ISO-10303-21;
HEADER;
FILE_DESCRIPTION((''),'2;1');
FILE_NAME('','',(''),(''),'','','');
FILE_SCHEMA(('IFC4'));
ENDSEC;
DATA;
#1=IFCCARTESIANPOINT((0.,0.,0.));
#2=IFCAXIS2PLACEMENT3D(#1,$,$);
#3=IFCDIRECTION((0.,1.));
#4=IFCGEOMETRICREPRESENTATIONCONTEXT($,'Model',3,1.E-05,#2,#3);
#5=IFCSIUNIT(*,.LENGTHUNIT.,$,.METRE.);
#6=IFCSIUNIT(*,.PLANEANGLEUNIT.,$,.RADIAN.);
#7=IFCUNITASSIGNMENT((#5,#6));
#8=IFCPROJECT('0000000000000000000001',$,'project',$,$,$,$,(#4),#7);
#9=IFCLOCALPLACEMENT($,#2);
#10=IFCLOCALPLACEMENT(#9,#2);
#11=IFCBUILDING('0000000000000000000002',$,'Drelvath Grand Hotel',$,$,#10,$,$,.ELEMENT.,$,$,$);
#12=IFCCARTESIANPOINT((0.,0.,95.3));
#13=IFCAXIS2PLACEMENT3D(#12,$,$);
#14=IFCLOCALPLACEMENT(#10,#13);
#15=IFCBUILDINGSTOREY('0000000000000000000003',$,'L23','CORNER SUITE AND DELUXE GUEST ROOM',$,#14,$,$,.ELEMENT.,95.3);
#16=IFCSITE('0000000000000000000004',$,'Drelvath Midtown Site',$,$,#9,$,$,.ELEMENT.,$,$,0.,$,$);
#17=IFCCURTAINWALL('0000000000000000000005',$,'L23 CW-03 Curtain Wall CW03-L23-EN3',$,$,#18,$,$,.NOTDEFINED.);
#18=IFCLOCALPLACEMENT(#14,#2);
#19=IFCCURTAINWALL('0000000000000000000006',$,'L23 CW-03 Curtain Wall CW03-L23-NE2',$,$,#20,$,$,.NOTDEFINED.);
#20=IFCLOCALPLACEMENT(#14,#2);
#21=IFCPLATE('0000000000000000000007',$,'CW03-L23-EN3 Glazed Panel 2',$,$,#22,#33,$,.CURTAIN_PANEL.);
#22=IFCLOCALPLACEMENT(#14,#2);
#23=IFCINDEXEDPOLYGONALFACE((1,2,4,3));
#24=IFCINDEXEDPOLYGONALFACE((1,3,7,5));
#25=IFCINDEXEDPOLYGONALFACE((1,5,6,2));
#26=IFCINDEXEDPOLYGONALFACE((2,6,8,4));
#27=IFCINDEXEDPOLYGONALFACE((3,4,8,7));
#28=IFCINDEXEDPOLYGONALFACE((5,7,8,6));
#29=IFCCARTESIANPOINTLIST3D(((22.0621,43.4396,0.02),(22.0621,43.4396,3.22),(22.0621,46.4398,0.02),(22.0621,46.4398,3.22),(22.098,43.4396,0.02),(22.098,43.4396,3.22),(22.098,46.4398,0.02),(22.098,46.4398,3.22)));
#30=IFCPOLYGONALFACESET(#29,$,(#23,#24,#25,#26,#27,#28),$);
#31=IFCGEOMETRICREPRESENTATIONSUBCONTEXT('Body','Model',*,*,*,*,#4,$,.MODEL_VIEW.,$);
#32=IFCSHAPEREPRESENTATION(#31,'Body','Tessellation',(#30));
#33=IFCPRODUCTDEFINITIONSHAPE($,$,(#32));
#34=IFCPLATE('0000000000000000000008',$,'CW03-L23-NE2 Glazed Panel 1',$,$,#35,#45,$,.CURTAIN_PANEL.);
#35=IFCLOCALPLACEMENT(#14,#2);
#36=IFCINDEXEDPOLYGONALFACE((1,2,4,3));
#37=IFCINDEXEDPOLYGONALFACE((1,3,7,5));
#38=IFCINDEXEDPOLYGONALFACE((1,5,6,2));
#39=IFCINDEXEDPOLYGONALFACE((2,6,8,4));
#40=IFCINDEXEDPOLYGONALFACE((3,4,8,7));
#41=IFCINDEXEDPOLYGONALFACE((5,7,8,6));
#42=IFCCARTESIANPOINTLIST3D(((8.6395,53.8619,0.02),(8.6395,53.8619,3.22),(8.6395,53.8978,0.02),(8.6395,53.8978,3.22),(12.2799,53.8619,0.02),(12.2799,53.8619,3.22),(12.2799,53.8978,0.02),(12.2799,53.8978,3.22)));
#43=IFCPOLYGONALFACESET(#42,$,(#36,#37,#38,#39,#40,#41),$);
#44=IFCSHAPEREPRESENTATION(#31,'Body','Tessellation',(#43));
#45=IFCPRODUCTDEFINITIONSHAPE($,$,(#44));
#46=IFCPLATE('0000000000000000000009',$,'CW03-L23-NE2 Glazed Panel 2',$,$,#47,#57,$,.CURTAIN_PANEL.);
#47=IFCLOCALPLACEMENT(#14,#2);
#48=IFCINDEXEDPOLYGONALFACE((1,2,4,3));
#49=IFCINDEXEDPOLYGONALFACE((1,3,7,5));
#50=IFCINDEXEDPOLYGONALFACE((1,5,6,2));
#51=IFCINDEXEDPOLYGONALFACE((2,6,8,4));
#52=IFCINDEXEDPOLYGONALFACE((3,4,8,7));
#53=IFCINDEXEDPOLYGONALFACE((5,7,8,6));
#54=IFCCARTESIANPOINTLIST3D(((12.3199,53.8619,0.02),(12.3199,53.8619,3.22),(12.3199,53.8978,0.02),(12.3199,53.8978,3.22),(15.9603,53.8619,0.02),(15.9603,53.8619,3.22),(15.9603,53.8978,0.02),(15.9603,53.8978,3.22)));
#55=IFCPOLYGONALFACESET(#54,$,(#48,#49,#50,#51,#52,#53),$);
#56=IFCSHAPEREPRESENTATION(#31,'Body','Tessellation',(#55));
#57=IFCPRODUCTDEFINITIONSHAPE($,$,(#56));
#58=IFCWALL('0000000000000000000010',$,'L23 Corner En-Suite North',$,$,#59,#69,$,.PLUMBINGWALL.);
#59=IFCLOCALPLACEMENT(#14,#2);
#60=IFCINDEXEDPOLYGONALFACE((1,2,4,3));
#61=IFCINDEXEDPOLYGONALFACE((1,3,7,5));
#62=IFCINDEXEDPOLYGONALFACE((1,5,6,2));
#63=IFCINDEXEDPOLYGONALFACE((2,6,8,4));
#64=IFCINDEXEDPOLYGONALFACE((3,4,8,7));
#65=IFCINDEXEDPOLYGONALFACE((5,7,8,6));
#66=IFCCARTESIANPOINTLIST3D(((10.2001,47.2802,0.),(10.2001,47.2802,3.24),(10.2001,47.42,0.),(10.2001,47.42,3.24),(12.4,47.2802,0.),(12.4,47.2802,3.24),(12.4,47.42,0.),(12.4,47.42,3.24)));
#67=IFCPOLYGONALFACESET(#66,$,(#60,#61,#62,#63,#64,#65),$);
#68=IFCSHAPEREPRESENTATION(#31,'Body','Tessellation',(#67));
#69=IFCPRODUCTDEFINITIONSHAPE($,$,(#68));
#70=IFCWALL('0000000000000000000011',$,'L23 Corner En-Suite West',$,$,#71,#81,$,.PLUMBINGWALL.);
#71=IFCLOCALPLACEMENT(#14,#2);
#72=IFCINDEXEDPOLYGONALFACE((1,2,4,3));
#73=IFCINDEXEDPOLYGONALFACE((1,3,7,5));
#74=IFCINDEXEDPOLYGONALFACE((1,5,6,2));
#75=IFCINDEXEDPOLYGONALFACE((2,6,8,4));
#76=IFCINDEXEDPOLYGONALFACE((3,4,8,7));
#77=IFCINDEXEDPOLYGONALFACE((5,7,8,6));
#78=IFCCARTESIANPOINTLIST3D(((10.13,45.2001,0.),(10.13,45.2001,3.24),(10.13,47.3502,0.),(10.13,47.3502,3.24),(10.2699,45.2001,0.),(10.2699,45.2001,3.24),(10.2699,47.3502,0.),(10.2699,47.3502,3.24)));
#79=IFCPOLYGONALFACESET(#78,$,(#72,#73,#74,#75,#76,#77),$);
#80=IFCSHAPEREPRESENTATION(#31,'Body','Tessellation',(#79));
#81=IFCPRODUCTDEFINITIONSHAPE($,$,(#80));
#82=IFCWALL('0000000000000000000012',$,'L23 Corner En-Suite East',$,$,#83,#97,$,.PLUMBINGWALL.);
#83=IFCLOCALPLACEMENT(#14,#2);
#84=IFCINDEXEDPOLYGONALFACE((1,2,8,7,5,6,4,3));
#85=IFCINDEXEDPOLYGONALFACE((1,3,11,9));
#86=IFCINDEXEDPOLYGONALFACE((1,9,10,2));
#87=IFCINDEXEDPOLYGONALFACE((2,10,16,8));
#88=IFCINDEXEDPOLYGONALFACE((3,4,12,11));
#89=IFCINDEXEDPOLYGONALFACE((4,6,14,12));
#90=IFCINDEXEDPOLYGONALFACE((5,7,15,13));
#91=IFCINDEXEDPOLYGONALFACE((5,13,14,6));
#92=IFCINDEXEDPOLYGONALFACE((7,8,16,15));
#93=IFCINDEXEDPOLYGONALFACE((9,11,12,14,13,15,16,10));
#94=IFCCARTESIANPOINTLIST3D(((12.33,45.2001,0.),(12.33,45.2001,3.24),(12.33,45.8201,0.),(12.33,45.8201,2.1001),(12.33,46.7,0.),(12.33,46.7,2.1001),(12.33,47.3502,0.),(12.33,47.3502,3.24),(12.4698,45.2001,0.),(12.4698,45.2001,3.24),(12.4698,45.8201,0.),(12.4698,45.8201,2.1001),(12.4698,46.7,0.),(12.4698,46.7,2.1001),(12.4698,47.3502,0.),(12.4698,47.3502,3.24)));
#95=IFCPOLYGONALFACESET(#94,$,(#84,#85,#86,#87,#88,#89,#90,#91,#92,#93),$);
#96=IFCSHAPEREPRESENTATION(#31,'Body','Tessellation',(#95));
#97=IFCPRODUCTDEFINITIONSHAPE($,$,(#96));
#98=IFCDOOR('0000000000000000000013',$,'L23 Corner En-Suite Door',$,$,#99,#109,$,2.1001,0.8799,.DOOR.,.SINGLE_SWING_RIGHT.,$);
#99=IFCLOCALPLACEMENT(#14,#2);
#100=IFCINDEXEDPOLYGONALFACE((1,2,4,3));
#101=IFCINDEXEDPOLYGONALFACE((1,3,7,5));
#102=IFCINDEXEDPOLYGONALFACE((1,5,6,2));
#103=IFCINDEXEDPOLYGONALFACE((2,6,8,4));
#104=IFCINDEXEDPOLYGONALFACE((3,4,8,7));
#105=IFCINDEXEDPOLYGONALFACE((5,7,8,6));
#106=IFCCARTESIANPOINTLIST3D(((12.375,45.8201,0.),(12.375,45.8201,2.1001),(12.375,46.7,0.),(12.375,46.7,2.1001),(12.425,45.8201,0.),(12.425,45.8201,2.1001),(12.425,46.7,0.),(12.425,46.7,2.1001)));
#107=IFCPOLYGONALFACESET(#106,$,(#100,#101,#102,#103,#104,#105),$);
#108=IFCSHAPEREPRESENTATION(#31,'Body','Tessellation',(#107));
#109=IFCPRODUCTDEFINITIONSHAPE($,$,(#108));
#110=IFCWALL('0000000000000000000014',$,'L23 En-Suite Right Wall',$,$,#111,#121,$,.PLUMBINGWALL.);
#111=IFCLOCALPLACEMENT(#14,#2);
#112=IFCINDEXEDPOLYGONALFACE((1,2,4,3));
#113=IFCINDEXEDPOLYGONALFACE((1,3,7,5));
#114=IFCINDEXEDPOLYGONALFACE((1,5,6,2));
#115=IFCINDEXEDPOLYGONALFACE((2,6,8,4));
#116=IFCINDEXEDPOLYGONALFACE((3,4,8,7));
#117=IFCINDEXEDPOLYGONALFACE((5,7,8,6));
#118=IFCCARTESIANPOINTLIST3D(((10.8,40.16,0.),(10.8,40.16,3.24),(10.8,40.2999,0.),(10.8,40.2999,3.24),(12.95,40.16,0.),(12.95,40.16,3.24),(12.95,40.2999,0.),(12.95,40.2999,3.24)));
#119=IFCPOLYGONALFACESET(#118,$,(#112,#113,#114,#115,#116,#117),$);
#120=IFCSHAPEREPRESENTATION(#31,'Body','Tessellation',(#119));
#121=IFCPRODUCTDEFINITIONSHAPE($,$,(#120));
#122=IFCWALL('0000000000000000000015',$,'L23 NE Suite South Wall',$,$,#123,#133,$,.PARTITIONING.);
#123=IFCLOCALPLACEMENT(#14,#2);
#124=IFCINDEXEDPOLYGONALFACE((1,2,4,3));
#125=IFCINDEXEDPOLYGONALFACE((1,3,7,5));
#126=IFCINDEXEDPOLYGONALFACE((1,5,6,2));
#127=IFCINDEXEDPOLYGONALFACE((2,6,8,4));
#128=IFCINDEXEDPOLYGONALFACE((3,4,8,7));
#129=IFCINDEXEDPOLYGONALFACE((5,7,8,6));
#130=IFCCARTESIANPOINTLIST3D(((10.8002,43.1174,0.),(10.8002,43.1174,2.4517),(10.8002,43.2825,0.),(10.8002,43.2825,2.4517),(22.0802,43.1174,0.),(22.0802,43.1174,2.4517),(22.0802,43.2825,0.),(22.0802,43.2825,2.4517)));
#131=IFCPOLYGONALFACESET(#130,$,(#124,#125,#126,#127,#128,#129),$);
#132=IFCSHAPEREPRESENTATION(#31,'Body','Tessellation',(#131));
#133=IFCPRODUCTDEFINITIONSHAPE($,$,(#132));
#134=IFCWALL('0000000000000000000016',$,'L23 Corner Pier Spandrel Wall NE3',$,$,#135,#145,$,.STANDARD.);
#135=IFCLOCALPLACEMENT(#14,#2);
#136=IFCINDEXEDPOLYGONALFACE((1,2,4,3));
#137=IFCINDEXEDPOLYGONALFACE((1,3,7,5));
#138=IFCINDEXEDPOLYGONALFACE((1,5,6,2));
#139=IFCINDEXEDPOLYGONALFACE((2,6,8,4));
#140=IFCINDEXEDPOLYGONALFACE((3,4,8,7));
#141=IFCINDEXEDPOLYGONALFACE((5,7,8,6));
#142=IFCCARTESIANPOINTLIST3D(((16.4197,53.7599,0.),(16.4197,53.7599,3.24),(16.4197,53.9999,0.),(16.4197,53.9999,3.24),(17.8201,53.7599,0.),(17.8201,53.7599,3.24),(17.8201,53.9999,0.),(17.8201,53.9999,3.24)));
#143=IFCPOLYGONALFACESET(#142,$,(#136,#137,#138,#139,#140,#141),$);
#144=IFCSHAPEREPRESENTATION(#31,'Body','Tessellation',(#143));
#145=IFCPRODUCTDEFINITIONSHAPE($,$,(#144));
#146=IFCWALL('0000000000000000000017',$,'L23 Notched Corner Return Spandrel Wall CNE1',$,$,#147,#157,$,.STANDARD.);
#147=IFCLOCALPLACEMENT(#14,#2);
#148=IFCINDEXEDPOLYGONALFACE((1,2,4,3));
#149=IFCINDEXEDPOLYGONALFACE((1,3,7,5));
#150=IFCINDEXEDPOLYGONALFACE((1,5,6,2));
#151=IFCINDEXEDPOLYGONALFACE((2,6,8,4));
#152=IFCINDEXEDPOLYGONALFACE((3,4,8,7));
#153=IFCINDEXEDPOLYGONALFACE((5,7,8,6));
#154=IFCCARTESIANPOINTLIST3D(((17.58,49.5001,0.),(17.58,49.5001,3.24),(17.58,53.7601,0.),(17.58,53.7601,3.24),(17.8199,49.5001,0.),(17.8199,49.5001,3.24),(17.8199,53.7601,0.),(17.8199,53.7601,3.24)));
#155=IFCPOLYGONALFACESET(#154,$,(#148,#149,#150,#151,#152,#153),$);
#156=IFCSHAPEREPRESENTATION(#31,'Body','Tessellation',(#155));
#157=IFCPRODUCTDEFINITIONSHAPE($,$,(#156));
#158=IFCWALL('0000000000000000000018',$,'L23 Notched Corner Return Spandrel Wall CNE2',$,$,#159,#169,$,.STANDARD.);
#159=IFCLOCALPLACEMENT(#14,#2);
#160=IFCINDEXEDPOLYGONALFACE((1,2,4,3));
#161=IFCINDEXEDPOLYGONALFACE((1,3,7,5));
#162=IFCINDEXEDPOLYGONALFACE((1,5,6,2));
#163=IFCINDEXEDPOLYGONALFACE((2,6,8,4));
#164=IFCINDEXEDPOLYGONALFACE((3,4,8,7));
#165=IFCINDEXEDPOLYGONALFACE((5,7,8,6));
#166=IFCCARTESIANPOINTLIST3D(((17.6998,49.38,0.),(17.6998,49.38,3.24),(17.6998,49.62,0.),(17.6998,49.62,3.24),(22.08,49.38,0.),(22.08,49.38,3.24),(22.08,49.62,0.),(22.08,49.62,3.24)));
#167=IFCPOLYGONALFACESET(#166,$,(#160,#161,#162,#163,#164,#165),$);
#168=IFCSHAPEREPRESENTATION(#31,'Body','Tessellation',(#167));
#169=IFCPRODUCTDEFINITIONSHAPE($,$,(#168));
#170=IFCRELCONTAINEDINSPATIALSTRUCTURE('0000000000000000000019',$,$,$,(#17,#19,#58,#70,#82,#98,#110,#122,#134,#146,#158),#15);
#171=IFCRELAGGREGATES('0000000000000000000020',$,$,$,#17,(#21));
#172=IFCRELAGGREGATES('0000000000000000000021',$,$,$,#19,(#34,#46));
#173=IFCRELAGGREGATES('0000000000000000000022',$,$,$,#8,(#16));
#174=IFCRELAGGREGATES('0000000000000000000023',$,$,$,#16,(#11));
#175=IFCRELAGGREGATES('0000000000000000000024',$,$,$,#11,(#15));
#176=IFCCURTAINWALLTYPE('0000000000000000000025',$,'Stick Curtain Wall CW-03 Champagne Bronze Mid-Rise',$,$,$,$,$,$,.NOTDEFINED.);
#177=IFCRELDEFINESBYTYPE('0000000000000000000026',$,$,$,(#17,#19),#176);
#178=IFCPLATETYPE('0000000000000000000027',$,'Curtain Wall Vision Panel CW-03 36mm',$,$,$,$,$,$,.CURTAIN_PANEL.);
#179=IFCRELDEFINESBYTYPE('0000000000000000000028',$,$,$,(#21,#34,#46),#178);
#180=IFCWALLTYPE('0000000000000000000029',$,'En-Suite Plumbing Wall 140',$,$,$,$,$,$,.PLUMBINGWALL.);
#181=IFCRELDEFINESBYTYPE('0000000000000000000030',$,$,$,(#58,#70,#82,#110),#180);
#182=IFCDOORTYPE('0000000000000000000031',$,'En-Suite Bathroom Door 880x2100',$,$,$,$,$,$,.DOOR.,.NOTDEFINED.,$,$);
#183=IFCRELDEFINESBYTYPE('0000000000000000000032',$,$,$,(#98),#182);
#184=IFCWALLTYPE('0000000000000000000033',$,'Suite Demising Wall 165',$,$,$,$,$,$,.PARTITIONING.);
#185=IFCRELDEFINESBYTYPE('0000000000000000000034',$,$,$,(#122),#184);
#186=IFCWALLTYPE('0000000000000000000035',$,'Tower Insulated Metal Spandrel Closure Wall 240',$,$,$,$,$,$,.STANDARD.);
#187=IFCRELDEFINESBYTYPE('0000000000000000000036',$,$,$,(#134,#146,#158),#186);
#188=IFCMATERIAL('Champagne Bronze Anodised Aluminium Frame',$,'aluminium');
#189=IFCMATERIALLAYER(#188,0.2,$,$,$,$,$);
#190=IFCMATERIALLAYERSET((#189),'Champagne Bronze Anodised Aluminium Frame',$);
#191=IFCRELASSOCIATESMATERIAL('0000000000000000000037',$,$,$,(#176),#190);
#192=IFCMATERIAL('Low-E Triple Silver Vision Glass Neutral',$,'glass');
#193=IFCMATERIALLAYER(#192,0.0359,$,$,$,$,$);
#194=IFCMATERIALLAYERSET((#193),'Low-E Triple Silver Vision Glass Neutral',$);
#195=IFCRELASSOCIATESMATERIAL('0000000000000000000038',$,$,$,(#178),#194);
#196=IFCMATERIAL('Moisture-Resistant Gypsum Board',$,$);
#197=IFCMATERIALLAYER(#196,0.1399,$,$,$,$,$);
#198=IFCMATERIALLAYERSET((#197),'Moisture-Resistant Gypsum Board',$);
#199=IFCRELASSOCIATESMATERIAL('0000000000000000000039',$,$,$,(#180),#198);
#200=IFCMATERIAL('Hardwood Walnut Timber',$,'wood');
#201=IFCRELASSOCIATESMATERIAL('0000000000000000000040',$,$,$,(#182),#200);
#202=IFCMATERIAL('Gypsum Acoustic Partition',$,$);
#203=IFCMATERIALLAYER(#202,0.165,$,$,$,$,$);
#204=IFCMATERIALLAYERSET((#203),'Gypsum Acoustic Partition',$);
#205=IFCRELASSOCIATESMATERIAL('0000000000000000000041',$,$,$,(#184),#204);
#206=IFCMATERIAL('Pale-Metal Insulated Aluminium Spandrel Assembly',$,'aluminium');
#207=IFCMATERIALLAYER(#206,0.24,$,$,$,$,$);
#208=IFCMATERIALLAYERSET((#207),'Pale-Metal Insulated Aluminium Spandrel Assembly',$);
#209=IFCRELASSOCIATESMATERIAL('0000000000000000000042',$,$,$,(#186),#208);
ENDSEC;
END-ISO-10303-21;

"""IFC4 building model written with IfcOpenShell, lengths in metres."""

from ifc_helpers import new_model, si_unit, direction, frame, frame_2d, origin, origin_2d, place, context, subcontext, project, spatial, rectangle, extrude, material, layer, layer_set, type_object, element, fill, aggregate, save


model = new_model("IFC4")

# Units and contexts
model_context = context("Model", 3, precision=1e-05, world=origin(), true_north=direction((0.0, 1.0)))
body_context = subcontext(model_context, "Body", "Model", "MODEL_VIEW")
ifc_project = project(units=[si_unit("LENGTHUNIT", "METRE"), si_unit("PLANEANGLEUNIT", "RADIAN")], contexts=[model_context])

# Site, building, storey
site_placement = place(None, origin())
site = spatial("IfcSite", under=ifc_project, at=site_placement, Name="Drelvath Midtown Site", CompositionType="ELEMENT", RefElevation=0.0)
building_placement = place(site_placement, origin())
building = spatial("IfcBuilding", under=site, at=building_placement, Name="Drelvath Grand Hotel", CompositionType="ELEMENT")
storey_placement = place(building_placement, frame((0.0, 0.0, 95.3)))
storey = spatial("IfcBuildingStorey", under=building, at=storey_placement, Name="L23", Description="CORNER SUITE AND DELUXE GUEST ROOM", CompositionType="ELEMENT", Elevation=95.3)

# Curtain wall
ifc_material_1 = material(Name="Champagne Bronze Anodised Aluminium Frame", Category="aluminium")
ifc_layer_1 = layer(ifc_material_1, 0.2)
ifc_layer_set_1 = layer_set([ifc_layer_1], Name="Champagne Bronze Anodised Aluminium Frame")
curtain_wall_type = type_object("IfcCurtainWallType", Name="Stick Curtain Wall CW-03 Champagne Bronze Mid-Rise", PredefinedType="NOTDEFINED", material=ifc_layer_set_1)
curtain_wall_1_placement = place(storey_placement, origin())
curtain_wall_1 = element("IfcCurtainWall", 1, at=curtain_wall_1_placement, inside=storey, type_object=curtain_wall_type, Name="L23 CW-03 Curtain Wall CW03-L23-EN3", PredefinedType="NOTDEFINED")

# Curtain wall
curtain_wall_2_placement = place(storey_placement, origin())
curtain_wall_2 = element("IfcCurtainWall", 2, at=curtain_wall_2_placement, inside=storey, type_object=curtain_wall_type, Name="L23 CW-03 Curtain Wall CW03-L23-NE2", PredefinedType="NOTDEFINED")

# Plates
ifc_material_2 = material(Name="Low-E Triple Silver Vision Glass Neutral", Category="glass")
ifc_layer_2 = layer(ifc_material_2, 0.0359)
ifc_layer_set_2 = layer_set([ifc_layer_2], Name="Low-E Triple Silver Vision Glass Neutral")
plate_type = type_object("IfcPlateType", Name="Curtain Wall Vision Panel CW-03 36mm", PredefinedType="CURTAIN_PANEL", material=ifc_layer_set_2)
plate_1_placement = place(storey_placement, frame((22.0801, 44.9397, 0.02), z_axis=(0.0, 0.0, 1.0), x_axis=(0.0, -1.0, 0.0)))
plate_1 = element("IfcPlate", 3, at=plate_1_placement, type_object=plate_type, Name="CW03-L23-EN3 Glazed Panel 2", PredefinedType="CURTAIN_PANEL", context=body_context, shape_type="SweptSolid", body=[
    extrude(rectangle(XDim=3.0002, YDim=0.0359, at=origin_2d()), origin(), (0.0, 0.0, 1.0), 3.2),
])
aggregate(curtain_wall_1, [plate_1])
plate_2_placement = place(storey_placement, frame((10.4597, 53.8799, 0.02), z_axis=(0.0, 0.0, 1.0), x_axis=(1.0, 0.0, 0.0)))
plate_2 = element("IfcPlate", 4, at=plate_2_placement, type_object=plate_type, Name="CW03-L23-NE2 Glazed Panel 1", PredefinedType="CURTAIN_PANEL", context=body_context, shape_type="SweptSolid", body=[
    extrude(rectangle(XDim=3.6404, YDim=0.0359, at=origin_2d()), origin(), (0.0, 0.0, 1.0), 3.2),
])
plate_3_placement = place(storey_placement, frame((14.1401, 53.8799, 0.02), z_axis=(0.0, 0.0, 1.0), x_axis=(1.0, 0.0, 0.0)))
plate_3 = element("IfcPlate", 5, at=plate_3_placement, type_object=plate_type, Name="CW03-L23-NE2 Glazed Panel 2", PredefinedType="CURTAIN_PANEL", context=body_context, shape_type="SweptSolid", body=[
    extrude(rectangle(XDim=3.6404, YDim=0.0359, at=origin_2d()), origin(), (0.0, 0.0, 1.0), 3.2),
])
aggregate(curtain_wall_2, [plate_2, plate_3])

# Walls
ifc_material_3 = material(Name="Moisture-Resistant Gypsum Board")
ifc_layer_3 = layer(ifc_material_3, 0.1399)
ifc_layer_set_3 = layer_set([ifc_layer_3], Name="Moisture-Resistant Gypsum Board")
wall_type_1 = type_object("IfcWallType", Name="En-Suite Plumbing Wall 140", PredefinedType="PLUMBINGWALL", material=ifc_layer_set_3)
wall_1_placement = place(storey_placement, frame((10.2, 47.3501, 0.0), z_axis=(0.0, 0.0, 1.0), x_axis=(1.0, 0.0, 0.0)))
element("IfcWall", 6, at=wall_1_placement, inside=storey, type_object=wall_type_1, Name="L23 Corner En-Suite North", PredefinedType="PLUMBINGWALL", context=body_context, shape_type="SweptSolid", body=[
    extrude(rectangle(XDim=2.2, YDim=0.1399, at=frame_2d((1.1001, 0.0))), origin(), (0.0, 0.0, 1.0), 3.24),
])
wall_2_placement = place(storey_placement, frame((10.2, 45.2, 0.0), z_axis=(0.0, 0.0, 1.0), x_axis=(0.0, 1.0, 0.0)))
element("IfcWall", 7, at=wall_2_placement, inside=storey, type_object=wall_type_1, Name="L23 Corner En-Suite West", PredefinedType="PLUMBINGWALL", context=body_context, shape_type="SweptSolid", body=[
    extrude(rectangle(XDim=2.1501, YDim=0.1399, at=frame_2d((1.0752, 0.0))), origin(), (0.0, 0.0, 1.0), 3.24),
])

# Wall, opening, door
wall_3_placement = place(storey_placement, frame((12.3999, 45.2, 0.0), z_axis=(0.0, 0.0, 1.0), x_axis=(0.0, 1.0, 0.0)))
wall_3 = element("IfcWall", 8, at=wall_3_placement, inside=storey, type_object=wall_type_1, Name="L23 Corner En-Suite East", PredefinedType="PLUMBINGWALL", context=body_context, shape_type="SweptSolid", body=[
    extrude(rectangle(XDim=2.1501, YDim=0.1399, at=frame_2d((1.0752, 0.0))), origin(), (0.0, 0.0, 1.0), 3.24),
])
opening_placement = place(wall_3_placement, frame((0.6201, 0.0, 0.0)))
opening = element("IfcOpeningElement", 9, at=opening_placement, cuts=wall_3, PredefinedType="OPENING", context=body_context, shape_type="SweptSolid", body=[
    extrude(rectangle(XDim=0.8799, YDim=2.1001, at=frame_2d((0.4399, 1.05))), frame((0.0, 0.0798, 0.0), z_axis=(0.0, -1.0, 0.0), x_axis=(1.0, 0.0, 0.0)), (0.0, 0.0, 1.0), 0.1599),
])
ifc_material_4 = material(Name="Hardwood Walnut Timber", Category="wood")
door_type = type_object("IfcDoorType", Name="En-Suite Bathroom Door 880x2100", OperationType="NOTDEFINED", PredefinedType="DOOR", material=ifc_material_4)
door_placement = place(opening_placement, origin())
door = element("IfcDoor", 10, at=door_placement, inside=storey, type_object=door_type, Name="L23 Corner En-Suite Door", OperationType="SINGLE_SWING_RIGHT", OverallHeight=2.1001, OverallWidth=0.8799, PredefinedType="DOOR", context=body_context, shape_type="SweptSolid", body=[
    extrude(rectangle(XDim=0.8799, YDim=2.1001, at=frame_2d((0.4399, 1.05))), frame((0.0, 0.0249, 0.0), z_axis=(0.0, -1.0, 0.0), x_axis=(1.0, 0.0, 0.0)), (0.0, 0.0, 1.0), 0.05),
])
fill(opening, door)

# Walls
wall_4_placement = place(storey_placement, frame((10.8, 40.23, 0.0), z_axis=(0.0, 0.0, 1.0), x_axis=(1.0, 0.0, 0.0)))
element("IfcWall", 11, at=wall_4_placement, inside=storey, type_object=wall_type_1, Name="L23 En-Suite Right Wall", PredefinedType="PLUMBINGWALL", context=body_context, shape_type="SweptSolid", body=[
    extrude(rectangle(XDim=2.1499, YDim=0.1399, at=frame_2d((1.075, 0.0))), origin(), (0.0, 0.0, 1.0), 3.24),
])
ifc_material_5 = material(Name="Gypsum Acoustic Partition")
ifc_layer_4 = layer(ifc_material_5, 0.165)
ifc_layer_set_4 = layer_set([ifc_layer_4], Name="Gypsum Acoustic Partition")
wall_type_2 = type_object("IfcWallType", Name="Suite Demising Wall 165", PredefinedType="PARTITIONING", material=ifc_layer_set_4)
wall_5_placement = place(storey_placement, frame((10.8, 43.2, 0.0), z_axis=(0.0, 0.0, 1.0), x_axis=(1.0, 0.0, 0.0)))
element("IfcWall", 12, at=wall_5_placement, inside=storey, type_object=wall_type_2, Name="L23 NE Suite South Wall", PredefinedType="PARTITIONING", context=body_context, shape_type="SweptSolid", body=[
    extrude(rectangle(XDim=11.28, YDim=0.165, at=frame_2d((5.6401, 0.0))), origin(), (0.0, 0.0, 1.0), 2.4517),
])
ifc_material_6 = material(Name="Pale-Metal Insulated Aluminium Spandrel Assembly", Category="aluminium")
ifc_layer_5 = layer(ifc_material_6, 0.24)
ifc_layer_set_5 = layer_set([ifc_layer_5], Name="Pale-Metal Insulated Aluminium Spandrel Assembly")
wall_type_3 = type_object("IfcWallType", Name="Tower Insulated Metal Spandrel Closure Wall 240", PredefinedType="STANDARD", material=ifc_layer_set_5)
wall_6_placement = place(storey_placement, frame((16.4197, 53.8799, 0.0), z_axis=(0.0, 0.0, 1.0), x_axis=(1.0, 0.0, 0.0)))
element("IfcWall", 13, at=wall_6_placement, inside=storey, type_object=wall_type_3, Name="L23 Corner Pier Spandrel Wall NE3", PredefinedType="STANDARD", context=body_context, shape_type="SweptSolid", body=[
    extrude(rectangle(XDim=1.4004, YDim=0.24, at=frame_2d((0.7002, 0.0))), origin(), (0.0, 0.0, 1.0), 3.24),
])
wall_7_placement = place(storey_placement, frame((17.7, 53.76, 0.0), z_axis=(0.0, 0.0, 1.0), x_axis=(0.0, -1.0, 0.0)))
element("IfcWall", 14, at=wall_7_placement, inside=storey, type_object=wall_type_3, Name="L23 Notched Corner Return Spandrel Wall CNE1", PredefinedType="STANDARD", context=body_context, shape_type="SweptSolid", body=[
    extrude(rectangle(XDim=4.26, YDim=0.24, at=frame_2d((2.1299, 0.0))), origin(), (0.0, 0.0, 1.0), 3.24),
])
wall_8_placement = place(storey_placement, frame((17.7, 49.5, 0.0), z_axis=(0.0, 0.0, 1.0), x_axis=(1.0, 0.0, 0.0)))
element("IfcWall", 15, at=wall_8_placement, inside=storey, type_object=wall_type_3, Name="L23 Notched Corner Return Spandrel Wall CNE2", PredefinedType="STANDARD", context=body_context, shape_type="SweptSolid", body=[
    extrude(rectangle(XDim=4.3801, YDim=0.24, at=frame_2d((2.1899, 0.0))), origin(), (0.0, 0.0, 1.0), 3.24),
])

save(model, "model.ifc")
